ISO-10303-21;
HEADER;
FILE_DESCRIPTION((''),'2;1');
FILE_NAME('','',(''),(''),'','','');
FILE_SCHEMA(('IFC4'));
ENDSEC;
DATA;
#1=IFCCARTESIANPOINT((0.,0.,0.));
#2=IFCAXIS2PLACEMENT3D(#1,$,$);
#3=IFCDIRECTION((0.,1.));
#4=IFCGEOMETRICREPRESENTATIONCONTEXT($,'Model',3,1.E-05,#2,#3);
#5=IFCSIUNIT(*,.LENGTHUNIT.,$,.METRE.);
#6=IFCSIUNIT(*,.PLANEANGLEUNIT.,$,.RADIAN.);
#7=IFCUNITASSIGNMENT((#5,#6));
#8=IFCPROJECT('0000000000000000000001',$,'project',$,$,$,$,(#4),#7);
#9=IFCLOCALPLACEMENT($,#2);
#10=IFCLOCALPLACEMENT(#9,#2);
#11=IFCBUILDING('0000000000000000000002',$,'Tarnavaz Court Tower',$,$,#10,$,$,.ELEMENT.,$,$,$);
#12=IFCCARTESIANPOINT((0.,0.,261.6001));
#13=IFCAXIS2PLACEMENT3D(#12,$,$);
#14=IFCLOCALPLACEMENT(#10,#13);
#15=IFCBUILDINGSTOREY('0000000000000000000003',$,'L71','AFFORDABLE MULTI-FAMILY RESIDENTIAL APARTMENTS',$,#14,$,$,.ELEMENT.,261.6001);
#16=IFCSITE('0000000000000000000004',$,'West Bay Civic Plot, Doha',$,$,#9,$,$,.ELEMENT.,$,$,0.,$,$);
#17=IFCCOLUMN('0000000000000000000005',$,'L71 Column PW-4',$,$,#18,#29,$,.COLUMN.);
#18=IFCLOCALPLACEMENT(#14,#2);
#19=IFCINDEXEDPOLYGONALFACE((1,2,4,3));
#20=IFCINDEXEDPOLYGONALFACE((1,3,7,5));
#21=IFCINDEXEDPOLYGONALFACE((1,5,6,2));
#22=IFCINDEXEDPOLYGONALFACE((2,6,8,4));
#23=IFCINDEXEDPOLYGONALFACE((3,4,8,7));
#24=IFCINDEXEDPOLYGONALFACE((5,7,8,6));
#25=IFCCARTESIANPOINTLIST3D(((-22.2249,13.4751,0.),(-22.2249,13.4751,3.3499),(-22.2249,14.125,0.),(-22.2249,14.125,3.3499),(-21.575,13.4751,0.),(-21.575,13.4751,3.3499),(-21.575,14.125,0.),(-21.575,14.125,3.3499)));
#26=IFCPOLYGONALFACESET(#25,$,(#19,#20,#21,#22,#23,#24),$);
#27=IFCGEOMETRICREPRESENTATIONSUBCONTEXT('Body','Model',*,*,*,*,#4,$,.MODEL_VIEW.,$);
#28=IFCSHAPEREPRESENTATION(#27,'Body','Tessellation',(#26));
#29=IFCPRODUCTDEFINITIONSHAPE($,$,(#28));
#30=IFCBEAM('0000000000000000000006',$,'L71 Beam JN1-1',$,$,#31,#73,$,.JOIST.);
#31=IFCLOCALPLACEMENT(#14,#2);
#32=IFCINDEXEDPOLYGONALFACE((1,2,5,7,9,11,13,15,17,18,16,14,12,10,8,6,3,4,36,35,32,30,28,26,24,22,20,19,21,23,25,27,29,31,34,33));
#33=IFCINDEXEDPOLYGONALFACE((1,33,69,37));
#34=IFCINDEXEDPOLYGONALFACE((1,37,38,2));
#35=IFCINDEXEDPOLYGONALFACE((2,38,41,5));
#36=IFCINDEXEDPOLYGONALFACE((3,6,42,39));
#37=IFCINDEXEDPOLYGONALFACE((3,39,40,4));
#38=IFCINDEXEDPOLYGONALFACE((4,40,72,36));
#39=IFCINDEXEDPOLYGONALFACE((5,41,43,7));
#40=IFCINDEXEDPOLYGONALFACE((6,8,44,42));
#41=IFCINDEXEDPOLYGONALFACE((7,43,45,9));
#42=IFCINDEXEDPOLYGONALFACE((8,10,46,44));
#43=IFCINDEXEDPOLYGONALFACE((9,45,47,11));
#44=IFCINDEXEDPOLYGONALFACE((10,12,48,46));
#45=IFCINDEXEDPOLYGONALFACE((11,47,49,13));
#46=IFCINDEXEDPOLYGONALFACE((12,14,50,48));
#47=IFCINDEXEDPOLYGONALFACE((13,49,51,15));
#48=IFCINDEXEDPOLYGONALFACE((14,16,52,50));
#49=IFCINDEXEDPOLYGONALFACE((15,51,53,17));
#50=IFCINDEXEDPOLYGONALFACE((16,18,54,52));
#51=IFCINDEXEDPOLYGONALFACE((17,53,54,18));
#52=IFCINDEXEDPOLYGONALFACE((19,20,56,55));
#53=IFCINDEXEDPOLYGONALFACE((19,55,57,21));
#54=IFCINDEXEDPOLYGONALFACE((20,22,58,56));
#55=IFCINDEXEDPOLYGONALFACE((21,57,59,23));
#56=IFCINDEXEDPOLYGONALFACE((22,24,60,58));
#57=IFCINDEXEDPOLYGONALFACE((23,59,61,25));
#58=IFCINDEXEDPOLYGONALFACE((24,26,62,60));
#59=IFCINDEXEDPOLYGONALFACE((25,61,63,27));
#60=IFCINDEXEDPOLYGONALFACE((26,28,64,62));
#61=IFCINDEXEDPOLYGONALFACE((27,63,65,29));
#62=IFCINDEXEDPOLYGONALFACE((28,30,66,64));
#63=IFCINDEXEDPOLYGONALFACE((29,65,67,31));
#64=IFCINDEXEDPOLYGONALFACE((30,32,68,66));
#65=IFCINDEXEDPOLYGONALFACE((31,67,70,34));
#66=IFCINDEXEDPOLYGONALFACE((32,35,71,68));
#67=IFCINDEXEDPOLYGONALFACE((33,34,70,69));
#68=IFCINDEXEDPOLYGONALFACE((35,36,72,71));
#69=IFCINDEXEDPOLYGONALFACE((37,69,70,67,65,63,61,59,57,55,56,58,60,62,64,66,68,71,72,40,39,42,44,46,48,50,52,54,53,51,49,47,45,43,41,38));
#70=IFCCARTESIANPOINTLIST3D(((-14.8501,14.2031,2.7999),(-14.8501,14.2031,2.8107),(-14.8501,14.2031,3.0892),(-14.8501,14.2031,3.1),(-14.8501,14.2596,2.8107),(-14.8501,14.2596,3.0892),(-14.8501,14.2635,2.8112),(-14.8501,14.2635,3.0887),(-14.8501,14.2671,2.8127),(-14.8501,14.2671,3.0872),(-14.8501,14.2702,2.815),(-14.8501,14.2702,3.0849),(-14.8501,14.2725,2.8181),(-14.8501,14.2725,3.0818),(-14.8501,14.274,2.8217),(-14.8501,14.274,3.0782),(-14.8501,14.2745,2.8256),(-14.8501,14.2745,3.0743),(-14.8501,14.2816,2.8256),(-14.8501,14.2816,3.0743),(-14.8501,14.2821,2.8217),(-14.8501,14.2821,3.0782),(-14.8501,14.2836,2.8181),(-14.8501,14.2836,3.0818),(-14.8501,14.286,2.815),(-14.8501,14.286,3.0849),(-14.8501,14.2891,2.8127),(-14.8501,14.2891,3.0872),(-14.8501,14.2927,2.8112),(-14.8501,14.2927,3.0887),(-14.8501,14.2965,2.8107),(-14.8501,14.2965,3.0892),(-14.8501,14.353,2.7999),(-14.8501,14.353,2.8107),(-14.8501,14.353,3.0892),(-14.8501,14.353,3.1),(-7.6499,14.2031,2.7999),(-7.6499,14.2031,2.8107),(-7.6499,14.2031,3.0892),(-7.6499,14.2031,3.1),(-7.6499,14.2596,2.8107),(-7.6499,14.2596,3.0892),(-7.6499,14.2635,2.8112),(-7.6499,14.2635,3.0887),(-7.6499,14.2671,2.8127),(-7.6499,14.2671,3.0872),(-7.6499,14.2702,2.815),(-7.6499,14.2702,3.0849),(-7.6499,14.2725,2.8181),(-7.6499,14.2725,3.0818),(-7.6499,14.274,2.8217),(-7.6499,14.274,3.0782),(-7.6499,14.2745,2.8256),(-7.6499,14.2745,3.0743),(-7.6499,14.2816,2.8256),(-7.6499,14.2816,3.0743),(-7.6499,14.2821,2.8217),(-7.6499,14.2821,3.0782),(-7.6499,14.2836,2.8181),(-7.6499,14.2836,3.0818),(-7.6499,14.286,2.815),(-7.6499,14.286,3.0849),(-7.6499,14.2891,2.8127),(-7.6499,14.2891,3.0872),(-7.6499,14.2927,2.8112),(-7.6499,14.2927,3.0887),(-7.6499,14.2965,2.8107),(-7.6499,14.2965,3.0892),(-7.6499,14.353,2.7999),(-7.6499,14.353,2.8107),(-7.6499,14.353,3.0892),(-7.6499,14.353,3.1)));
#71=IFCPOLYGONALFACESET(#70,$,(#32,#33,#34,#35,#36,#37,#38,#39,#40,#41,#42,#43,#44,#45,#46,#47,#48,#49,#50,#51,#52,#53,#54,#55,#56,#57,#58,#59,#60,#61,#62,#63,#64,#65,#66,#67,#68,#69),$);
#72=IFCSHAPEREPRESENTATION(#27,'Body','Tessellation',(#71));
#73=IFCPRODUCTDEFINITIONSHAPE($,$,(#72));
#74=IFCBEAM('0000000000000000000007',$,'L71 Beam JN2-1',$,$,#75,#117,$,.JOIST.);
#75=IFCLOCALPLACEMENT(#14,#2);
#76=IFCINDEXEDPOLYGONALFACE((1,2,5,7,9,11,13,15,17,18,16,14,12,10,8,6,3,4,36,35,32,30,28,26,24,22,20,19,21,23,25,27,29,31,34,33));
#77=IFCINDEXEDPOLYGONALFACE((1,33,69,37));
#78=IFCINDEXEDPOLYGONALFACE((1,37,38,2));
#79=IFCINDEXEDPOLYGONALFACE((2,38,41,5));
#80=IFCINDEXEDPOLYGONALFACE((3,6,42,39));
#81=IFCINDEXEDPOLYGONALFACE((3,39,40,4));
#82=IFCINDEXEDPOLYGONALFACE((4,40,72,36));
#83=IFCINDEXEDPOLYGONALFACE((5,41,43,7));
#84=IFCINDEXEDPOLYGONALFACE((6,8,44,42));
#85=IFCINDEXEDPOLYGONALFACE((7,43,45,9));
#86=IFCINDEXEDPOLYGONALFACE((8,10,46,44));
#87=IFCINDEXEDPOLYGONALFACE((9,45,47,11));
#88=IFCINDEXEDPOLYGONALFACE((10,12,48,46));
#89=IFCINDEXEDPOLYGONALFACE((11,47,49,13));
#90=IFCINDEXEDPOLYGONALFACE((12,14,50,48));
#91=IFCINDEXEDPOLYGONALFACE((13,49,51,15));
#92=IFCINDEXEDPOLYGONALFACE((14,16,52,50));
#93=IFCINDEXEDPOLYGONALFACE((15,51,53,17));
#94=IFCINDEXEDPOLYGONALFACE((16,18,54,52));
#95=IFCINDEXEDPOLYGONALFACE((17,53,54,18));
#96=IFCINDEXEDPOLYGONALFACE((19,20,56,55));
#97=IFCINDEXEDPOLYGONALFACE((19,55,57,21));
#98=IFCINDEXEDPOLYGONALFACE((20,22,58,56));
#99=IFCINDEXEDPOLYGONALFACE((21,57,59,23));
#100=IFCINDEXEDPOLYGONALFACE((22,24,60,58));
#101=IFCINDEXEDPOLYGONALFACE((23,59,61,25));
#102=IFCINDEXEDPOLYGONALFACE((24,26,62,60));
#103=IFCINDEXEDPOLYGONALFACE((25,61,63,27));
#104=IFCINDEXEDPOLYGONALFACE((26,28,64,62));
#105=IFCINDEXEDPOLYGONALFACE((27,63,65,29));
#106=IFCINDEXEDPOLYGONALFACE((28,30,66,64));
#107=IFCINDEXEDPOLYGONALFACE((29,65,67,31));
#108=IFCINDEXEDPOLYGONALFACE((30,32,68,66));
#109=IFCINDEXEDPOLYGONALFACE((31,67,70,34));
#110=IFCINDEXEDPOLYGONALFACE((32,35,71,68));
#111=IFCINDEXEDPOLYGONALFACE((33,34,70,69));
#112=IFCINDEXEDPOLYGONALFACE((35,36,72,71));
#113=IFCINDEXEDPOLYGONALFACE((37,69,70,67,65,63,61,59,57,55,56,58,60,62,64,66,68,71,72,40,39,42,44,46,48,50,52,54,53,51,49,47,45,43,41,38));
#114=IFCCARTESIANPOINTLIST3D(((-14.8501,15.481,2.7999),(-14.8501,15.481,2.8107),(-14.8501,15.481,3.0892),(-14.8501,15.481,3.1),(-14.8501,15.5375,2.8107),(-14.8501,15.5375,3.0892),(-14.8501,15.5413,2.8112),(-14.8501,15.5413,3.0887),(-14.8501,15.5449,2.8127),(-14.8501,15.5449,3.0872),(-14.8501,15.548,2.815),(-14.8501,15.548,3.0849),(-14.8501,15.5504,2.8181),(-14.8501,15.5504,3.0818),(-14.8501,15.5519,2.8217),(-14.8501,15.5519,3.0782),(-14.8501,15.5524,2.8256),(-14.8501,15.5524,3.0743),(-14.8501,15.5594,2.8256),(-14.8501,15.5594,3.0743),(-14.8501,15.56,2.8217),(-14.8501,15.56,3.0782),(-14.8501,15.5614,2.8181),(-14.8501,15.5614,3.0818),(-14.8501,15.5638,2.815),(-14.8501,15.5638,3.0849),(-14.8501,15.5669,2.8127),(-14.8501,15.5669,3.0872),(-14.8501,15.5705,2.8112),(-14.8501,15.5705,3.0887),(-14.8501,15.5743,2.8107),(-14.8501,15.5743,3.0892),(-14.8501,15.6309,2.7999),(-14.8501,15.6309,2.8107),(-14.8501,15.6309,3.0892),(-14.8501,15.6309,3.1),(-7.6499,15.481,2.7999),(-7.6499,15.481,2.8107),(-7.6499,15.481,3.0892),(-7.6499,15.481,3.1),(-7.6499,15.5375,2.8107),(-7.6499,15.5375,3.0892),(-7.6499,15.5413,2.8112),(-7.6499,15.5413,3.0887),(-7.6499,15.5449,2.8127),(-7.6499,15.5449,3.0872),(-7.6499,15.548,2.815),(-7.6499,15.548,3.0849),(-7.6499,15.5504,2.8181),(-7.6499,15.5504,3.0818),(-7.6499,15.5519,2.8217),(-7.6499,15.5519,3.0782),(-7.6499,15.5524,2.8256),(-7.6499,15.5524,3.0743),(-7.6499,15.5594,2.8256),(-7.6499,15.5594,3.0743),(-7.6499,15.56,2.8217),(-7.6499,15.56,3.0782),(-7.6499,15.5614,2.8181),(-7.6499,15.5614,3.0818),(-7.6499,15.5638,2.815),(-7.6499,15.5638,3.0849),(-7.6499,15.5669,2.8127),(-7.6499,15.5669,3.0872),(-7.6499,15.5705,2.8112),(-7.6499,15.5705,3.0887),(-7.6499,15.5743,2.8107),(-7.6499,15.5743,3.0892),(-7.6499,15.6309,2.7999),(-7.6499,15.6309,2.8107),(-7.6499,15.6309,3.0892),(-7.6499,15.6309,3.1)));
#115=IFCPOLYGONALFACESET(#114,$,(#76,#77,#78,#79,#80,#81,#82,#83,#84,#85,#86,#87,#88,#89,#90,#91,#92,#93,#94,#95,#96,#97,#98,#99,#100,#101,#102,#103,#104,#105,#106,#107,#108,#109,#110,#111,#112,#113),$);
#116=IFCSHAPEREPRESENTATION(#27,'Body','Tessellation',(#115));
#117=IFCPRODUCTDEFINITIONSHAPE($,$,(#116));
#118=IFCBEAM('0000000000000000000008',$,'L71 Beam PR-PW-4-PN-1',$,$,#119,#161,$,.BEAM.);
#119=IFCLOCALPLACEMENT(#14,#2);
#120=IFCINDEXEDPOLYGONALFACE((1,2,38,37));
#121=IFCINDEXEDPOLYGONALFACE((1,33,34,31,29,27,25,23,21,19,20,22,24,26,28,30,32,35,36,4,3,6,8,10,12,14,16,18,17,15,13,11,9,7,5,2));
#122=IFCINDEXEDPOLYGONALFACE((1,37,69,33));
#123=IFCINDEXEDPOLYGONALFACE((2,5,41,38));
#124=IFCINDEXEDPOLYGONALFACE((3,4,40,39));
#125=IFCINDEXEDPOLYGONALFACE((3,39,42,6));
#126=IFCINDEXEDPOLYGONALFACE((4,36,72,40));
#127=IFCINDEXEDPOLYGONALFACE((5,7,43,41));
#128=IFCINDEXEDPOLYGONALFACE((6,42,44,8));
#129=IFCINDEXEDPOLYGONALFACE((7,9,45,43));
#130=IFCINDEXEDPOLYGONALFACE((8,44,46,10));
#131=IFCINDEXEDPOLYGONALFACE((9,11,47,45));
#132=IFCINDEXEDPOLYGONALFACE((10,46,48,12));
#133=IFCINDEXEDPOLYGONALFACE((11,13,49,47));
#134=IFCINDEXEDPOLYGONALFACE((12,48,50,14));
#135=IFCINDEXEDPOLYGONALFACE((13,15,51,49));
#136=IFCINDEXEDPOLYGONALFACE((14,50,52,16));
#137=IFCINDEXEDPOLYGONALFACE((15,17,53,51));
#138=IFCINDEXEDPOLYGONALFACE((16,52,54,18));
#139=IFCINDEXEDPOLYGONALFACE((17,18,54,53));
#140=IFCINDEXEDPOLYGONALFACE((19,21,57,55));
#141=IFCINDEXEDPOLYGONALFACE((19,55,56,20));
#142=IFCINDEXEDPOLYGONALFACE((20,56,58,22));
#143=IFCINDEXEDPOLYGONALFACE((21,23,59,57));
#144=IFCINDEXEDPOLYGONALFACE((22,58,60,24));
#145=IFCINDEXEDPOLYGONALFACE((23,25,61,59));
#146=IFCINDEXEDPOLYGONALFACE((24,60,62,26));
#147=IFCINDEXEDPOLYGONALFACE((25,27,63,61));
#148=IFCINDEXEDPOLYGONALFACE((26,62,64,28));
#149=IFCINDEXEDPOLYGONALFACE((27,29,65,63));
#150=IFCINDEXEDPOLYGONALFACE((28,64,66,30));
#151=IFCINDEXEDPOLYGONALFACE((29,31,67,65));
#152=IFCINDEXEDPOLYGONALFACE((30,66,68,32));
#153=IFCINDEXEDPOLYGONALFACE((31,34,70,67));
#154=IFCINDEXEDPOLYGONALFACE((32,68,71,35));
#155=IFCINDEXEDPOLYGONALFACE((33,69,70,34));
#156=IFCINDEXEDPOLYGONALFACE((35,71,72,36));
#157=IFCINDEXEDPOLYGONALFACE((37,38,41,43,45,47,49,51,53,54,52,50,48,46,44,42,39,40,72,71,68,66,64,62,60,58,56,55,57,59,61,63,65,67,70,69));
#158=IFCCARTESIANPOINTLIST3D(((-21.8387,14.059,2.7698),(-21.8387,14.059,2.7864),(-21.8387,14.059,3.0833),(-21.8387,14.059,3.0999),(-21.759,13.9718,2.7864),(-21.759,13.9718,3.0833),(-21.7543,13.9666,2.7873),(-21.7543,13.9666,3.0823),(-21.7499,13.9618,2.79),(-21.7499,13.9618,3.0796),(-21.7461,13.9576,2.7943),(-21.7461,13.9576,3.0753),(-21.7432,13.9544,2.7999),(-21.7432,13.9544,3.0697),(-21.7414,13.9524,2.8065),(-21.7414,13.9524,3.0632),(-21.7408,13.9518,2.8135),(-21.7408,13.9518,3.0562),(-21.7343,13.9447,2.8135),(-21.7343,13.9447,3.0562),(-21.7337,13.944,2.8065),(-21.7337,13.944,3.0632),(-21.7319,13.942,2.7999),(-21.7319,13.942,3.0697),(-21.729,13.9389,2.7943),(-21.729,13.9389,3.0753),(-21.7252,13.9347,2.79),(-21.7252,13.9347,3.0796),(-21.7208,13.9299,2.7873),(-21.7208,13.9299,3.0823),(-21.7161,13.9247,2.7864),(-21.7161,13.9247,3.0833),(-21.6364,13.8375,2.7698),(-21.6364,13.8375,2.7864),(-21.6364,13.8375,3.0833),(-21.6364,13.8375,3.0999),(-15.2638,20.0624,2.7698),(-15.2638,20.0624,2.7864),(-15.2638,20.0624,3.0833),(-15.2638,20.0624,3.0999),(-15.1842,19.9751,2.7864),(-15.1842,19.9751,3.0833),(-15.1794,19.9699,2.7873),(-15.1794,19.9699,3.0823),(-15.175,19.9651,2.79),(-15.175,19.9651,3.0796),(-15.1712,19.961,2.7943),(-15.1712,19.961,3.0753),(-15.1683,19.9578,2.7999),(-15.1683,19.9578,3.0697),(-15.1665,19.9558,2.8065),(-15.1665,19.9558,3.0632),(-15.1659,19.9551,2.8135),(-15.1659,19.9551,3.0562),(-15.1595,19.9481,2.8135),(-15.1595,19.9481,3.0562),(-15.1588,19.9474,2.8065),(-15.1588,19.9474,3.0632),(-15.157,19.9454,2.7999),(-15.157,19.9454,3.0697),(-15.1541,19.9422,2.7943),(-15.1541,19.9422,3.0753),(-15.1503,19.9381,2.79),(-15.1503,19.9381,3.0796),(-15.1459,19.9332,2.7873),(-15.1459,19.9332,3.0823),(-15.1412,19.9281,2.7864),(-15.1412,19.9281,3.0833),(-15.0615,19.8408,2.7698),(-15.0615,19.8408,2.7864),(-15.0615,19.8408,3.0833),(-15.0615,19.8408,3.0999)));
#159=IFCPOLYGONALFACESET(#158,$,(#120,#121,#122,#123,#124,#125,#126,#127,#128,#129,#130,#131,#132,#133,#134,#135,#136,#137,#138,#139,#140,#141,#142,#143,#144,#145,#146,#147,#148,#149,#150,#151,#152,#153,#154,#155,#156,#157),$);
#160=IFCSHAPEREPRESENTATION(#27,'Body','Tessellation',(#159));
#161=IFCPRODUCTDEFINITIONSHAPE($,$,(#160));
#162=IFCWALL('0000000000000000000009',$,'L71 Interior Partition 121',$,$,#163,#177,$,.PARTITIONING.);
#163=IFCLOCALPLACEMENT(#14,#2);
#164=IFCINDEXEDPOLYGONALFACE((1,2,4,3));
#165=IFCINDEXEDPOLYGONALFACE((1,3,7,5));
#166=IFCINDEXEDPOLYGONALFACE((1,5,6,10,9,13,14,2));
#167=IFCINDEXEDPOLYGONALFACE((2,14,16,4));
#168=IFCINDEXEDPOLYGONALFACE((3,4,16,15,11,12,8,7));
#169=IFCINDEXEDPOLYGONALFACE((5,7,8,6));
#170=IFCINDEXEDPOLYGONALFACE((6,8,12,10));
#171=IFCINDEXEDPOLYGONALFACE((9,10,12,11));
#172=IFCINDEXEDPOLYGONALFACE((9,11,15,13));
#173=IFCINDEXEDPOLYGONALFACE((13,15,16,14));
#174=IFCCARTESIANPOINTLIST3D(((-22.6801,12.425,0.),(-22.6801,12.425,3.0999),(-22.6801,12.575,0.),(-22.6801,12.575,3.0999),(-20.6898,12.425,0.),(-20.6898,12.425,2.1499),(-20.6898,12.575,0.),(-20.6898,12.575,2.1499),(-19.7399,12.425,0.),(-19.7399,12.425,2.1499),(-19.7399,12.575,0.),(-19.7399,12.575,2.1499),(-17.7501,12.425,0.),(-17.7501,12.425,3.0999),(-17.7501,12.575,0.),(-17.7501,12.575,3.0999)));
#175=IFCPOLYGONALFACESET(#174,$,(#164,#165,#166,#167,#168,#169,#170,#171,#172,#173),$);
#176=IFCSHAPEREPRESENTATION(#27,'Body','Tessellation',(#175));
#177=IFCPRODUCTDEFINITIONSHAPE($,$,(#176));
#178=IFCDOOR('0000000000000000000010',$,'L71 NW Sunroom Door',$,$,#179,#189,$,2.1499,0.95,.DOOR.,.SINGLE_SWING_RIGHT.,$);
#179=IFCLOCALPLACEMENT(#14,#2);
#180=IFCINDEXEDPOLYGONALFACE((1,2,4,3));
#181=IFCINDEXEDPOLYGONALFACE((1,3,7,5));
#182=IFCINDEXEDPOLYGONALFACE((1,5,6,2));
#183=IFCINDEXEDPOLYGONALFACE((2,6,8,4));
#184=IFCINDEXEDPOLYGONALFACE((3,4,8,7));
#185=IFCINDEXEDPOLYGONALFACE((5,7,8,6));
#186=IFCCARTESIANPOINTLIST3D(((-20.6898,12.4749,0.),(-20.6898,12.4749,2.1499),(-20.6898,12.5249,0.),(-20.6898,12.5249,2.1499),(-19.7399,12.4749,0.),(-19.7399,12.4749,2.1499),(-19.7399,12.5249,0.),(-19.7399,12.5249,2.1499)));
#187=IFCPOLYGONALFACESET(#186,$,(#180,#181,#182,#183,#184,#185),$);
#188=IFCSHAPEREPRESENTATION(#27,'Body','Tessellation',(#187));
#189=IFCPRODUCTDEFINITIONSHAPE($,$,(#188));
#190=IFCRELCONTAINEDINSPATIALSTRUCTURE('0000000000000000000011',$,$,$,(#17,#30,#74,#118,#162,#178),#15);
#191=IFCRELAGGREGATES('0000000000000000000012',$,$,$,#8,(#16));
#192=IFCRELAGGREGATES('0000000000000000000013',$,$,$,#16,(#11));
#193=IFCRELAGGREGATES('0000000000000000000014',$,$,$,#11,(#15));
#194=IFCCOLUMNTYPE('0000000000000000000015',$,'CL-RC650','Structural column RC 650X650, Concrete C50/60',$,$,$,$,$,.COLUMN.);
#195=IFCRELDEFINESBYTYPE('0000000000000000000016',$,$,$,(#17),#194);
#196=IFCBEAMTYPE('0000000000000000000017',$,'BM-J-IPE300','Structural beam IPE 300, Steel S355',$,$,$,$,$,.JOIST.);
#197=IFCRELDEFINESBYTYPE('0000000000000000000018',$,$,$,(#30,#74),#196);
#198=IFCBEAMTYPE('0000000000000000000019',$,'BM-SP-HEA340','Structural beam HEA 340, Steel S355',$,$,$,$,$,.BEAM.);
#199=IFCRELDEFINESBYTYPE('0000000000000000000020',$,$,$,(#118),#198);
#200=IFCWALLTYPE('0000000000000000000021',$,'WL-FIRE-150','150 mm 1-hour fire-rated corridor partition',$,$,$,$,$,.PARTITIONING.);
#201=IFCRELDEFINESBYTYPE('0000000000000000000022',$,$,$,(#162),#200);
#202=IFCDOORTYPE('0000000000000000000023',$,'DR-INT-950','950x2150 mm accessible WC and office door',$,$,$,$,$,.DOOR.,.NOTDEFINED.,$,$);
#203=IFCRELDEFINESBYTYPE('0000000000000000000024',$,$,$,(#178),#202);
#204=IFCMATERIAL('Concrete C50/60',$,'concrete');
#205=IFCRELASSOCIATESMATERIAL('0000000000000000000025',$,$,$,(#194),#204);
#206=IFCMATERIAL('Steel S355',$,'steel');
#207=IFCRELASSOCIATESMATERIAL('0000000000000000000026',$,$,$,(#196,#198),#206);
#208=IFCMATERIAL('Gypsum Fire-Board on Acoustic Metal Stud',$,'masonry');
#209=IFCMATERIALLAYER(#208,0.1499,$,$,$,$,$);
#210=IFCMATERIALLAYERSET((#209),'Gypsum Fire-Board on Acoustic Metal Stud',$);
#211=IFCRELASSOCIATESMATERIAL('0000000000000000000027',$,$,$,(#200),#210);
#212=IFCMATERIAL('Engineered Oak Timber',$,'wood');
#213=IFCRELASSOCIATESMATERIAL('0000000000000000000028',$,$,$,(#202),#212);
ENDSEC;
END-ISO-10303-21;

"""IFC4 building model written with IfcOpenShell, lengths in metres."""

from ifc_helpers import new_model, si_unit, direction, frame, frame_2d, origin, origin_2d, place, context, subcontext, project, spatial, rectangle, i_section, extrude, material, layer, layer_set, material_profile, profile_set, type_object, element, fill, save


model = new_model("IFC4")

# Units and contexts
model_context = context("Model", 3, precision=1e-05, world=origin(), true_north=direction((0.0, 1.0)))
body_context = subcontext(model_context, "Body", "Model", "MODEL_VIEW")
ifc_project = project(units=[si_unit("LENGTHUNIT", "METRE"), si_unit("PLANEANGLEUNIT", "RADIAN")], contexts=[model_context])

# Site, building, storey
site_placement = place(None, origin())
site = spatial("IfcSite", under=ifc_project, at=site_placement, Name="West Bay Civic Plot, Doha", CompositionType="ELEMENT", RefElevation=0.0)
building_placement = place(site_placement, origin())
building = spatial("IfcBuilding", under=site, at=building_placement, Name="Tarnavaz Court Tower", CompositionType="ELEMENT")
storey_placement = place(building_placement, frame((0.0, 0.0, 261.6001)))
storey = spatial("IfcBuildingStorey", under=building, at=storey_placement, Name="L71", Description="AFFORDABLE MULTI-FAMILY RESIDENTIAL APARTMENTS", CompositionType="ELEMENT", Elevation=261.6001)

# Column
ifc_material_1 = material(Name="Concrete C50/60", Category="concrete")
ifc_material_profile_1 = material_profile(ifc_material_1, rectangle(XDim=0.6499, YDim=0.6499, at=origin_2d()), Name="RC 650X650")
ifc_profile_set_1 = profile_set([ifc_material_profile_1], Name="Concrete C50/60")
column_type = type_object("IfcColumnType", Name="CL-RC650", Description="Structural column RC 650X650, Concrete C50/60", PredefinedType="COLUMN", material=ifc_profile_set_1)
column_placement = place(storey_placement, frame((-21.8999, 13.8, 0.0), z_axis=(0.0, 0.0, 1.0), x_axis=(1.0, 0.0, 0.0)))
element("IfcColumn", 1, at=column_placement, inside=storey, type_object=column_type, Name="L71 Column PW-4", PredefinedType="COLUMN", context=body_context, shape_type="SweptSolid", body=[
    extrude(rectangle(XDim=0.6499, YDim=0.6499, at=origin_2d()), origin(), (0.0, 0.0, 1.0), 3.3499),
])

# Beams
ifc_material_2 = material(Name="Steel S355", Category="steel")
ifc_material_profile_2 = material_profile(ifc_material_2, i_section(OverallWidth=0.1499, OverallDepth=0.3, WebThickness=0.0071, FlangeThickness=0.0107, FilletRadius=0.0149, at=origin_2d()), Name="IPE 300")
ifc_profile_set_2 = profile_set([ifc_material_profile_2], Name="Steel S355")
beam_type_1 = type_object("IfcBeamType", Name="BM-J-IPE300", Description="Structural beam IPE 300, Steel S355", PredefinedType="JOIST", material=ifc_profile_set_2)
for number, where, z_axis, x_axis, name in (
    (2, (-14.8501, 14.2781, 2.95), (1.0, 0.0, 0.0), (0.0, 1.0, 0.0), "L71 Beam JN1-1"),
    (3, (-14.8501, 15.5559, 2.95), (1.0, 0.0, 0.0), (0.0, 1.0, 0.0), "L71 Beam JN2-1"),
):
    element("IfcBeam", number, at=place(storey_placement, frame(where, z_axis=z_axis, x_axis=x_axis)), inside=storey, type_object=beam_type_1, Name=name, PredefinedType="JOIST", context=body_context, shape_type="SweptSolid", body=[
        extrude(i_section(OverallWidth=0.1499, OverallDepth=0.3, WebThickness=0.0071, FlangeThickness=0.0107, FilletRadius=0.0149, at=origin_2d()), origin(), (0.0, 0.0, 1.0), 7.2002),
    ])
ifc_material_profile_3 = material_profile(ifc_material_2, i_section(OverallWidth=0.3, OverallDepth=0.3301, WebThickness=0.0095, FlangeThickness=0.0166, FilletRadius=0.0271, at=origin_2d()), Name="HEA 340")
ifc_profile_set_3 = profile_set([ifc_material_profile_3], Name="Steel S355")
beam_type_2 = type_object("IfcBeamType", Name="BM-SP-HEA340", Description="Structural beam HEA 340, Steel S355", PredefinedType="BEAM", material=ifc_profile_set_3)
beam_placement = place(storey_placement, frame((-21.7375, 13.9482, 2.9348), z_axis=(0.738474, 0.674282, 0.0), x_axis=(-0.674282, 0.738474, 0.0)))
element("IfcBeam", 4, at=beam_placement, inside=storey, type_object=beam_type_2, Name="L71 Beam PR-PW-4-PN-1", PredefinedType="BEAM", context=body_context, shape_type="SweptSolid", body=[
    extrude(i_section(OverallWidth=0.3, OverallDepth=0.3301, WebThickness=0.0095, FlangeThickness=0.0166, FilletRadius=0.0271, at=origin_2d()), origin(), (0.0, 0.0, 1.0), 8.9033),
])

# Shared definitions
ifc_material_3 = material(Name="Gypsum Fire-Board on Acoustic Metal Stud", Category="masonry")
ifc_layer_1 = layer(ifc_material_3, 0.1499)
ifc_layer_set_1 = layer_set([ifc_layer_1], Name="Gypsum Fire-Board on Acoustic Metal Stud")
wall_type_1 = type_object("IfcWallType", Name="WL-FIRE-150", Description="150 mm 1-hour fire-rated corridor partition", PredefinedType="PARTITIONING", material=ifc_layer_set_1)

# Wall, opening, door
wall_1_placement = place(storey_placement, frame((-22.6799, 12.5, 0.0), z_axis=(0.0, 0.0, 1.0), x_axis=(1.0, 0.0, 0.0)))
wall_1 = element("IfcWall", 5, at=wall_1_placement, inside=storey, type_object=wall_type_1, Name="L71 Interior Partition 121", PredefinedType="PARTITIONING", context=body_context, shape_type="SweptSolid", body=[
    extrude(rectangle(XDim=4.9299, YDim=0.1499, at=frame_2d((2.4648, 0.0))), origin(), (0.0, 0.0, 1.0), 3.0999),
])
opening_1_placement = place(wall_1_placement, frame((1.99, 0.0, 0.0)))
opening_1 = element("IfcOpeningElement", 6, at=opening_1_placement, cuts=wall_1, PredefinedType="OPENING", context=body_context, shape_type="SweptSolid", body=[
    extrude(rectangle(XDim=0.95, YDim=2.1499, at=frame_2d((0.4751, 1.075))), frame((0.0, 0.085, 0.0), z_axis=(0.0, -1.0, 0.0), x_axis=(1.0, 0.0, 0.0)), (0.0, 0.0, 1.0), 0.1699),
])
ifc_material_4 = material(Name="Engineered Oak Timber", Category="wood")
door_type_1 = type_object("IfcDoorType", Name="DR-INT-950", Description="950x2150 mm accessible WC and office door", OperationType="NOTDEFINED", PredefinedType="DOOR", material=ifc_material_4)
door_1_placement = place(opening_1_placement, origin())
door_1 = element("IfcDoor", 7, at=door_1_placement, inside=storey, type_object=door_type_1, Name="L71 NW Sunroom Door", OperationType="SINGLE_SWING_RIGHT", OverallHeight=2.1499, OverallWidth=0.95, PredefinedType="DOOR", context=body_context, shape_type="SweptSolid", body=[
    extrude(rectangle(XDim=0.95, YDim=2.1499, at=frame_2d((0.4751, 1.075))), frame((0.0, 0.0249, 0.0), z_axis=(0.0, -1.0, 0.0), x_axis=(1.0, 0.0, 0.0)), (0.0, 0.0, 1.0), 0.05),
])
fill(opening_1, door_1)

save(model, "model.ifc")
